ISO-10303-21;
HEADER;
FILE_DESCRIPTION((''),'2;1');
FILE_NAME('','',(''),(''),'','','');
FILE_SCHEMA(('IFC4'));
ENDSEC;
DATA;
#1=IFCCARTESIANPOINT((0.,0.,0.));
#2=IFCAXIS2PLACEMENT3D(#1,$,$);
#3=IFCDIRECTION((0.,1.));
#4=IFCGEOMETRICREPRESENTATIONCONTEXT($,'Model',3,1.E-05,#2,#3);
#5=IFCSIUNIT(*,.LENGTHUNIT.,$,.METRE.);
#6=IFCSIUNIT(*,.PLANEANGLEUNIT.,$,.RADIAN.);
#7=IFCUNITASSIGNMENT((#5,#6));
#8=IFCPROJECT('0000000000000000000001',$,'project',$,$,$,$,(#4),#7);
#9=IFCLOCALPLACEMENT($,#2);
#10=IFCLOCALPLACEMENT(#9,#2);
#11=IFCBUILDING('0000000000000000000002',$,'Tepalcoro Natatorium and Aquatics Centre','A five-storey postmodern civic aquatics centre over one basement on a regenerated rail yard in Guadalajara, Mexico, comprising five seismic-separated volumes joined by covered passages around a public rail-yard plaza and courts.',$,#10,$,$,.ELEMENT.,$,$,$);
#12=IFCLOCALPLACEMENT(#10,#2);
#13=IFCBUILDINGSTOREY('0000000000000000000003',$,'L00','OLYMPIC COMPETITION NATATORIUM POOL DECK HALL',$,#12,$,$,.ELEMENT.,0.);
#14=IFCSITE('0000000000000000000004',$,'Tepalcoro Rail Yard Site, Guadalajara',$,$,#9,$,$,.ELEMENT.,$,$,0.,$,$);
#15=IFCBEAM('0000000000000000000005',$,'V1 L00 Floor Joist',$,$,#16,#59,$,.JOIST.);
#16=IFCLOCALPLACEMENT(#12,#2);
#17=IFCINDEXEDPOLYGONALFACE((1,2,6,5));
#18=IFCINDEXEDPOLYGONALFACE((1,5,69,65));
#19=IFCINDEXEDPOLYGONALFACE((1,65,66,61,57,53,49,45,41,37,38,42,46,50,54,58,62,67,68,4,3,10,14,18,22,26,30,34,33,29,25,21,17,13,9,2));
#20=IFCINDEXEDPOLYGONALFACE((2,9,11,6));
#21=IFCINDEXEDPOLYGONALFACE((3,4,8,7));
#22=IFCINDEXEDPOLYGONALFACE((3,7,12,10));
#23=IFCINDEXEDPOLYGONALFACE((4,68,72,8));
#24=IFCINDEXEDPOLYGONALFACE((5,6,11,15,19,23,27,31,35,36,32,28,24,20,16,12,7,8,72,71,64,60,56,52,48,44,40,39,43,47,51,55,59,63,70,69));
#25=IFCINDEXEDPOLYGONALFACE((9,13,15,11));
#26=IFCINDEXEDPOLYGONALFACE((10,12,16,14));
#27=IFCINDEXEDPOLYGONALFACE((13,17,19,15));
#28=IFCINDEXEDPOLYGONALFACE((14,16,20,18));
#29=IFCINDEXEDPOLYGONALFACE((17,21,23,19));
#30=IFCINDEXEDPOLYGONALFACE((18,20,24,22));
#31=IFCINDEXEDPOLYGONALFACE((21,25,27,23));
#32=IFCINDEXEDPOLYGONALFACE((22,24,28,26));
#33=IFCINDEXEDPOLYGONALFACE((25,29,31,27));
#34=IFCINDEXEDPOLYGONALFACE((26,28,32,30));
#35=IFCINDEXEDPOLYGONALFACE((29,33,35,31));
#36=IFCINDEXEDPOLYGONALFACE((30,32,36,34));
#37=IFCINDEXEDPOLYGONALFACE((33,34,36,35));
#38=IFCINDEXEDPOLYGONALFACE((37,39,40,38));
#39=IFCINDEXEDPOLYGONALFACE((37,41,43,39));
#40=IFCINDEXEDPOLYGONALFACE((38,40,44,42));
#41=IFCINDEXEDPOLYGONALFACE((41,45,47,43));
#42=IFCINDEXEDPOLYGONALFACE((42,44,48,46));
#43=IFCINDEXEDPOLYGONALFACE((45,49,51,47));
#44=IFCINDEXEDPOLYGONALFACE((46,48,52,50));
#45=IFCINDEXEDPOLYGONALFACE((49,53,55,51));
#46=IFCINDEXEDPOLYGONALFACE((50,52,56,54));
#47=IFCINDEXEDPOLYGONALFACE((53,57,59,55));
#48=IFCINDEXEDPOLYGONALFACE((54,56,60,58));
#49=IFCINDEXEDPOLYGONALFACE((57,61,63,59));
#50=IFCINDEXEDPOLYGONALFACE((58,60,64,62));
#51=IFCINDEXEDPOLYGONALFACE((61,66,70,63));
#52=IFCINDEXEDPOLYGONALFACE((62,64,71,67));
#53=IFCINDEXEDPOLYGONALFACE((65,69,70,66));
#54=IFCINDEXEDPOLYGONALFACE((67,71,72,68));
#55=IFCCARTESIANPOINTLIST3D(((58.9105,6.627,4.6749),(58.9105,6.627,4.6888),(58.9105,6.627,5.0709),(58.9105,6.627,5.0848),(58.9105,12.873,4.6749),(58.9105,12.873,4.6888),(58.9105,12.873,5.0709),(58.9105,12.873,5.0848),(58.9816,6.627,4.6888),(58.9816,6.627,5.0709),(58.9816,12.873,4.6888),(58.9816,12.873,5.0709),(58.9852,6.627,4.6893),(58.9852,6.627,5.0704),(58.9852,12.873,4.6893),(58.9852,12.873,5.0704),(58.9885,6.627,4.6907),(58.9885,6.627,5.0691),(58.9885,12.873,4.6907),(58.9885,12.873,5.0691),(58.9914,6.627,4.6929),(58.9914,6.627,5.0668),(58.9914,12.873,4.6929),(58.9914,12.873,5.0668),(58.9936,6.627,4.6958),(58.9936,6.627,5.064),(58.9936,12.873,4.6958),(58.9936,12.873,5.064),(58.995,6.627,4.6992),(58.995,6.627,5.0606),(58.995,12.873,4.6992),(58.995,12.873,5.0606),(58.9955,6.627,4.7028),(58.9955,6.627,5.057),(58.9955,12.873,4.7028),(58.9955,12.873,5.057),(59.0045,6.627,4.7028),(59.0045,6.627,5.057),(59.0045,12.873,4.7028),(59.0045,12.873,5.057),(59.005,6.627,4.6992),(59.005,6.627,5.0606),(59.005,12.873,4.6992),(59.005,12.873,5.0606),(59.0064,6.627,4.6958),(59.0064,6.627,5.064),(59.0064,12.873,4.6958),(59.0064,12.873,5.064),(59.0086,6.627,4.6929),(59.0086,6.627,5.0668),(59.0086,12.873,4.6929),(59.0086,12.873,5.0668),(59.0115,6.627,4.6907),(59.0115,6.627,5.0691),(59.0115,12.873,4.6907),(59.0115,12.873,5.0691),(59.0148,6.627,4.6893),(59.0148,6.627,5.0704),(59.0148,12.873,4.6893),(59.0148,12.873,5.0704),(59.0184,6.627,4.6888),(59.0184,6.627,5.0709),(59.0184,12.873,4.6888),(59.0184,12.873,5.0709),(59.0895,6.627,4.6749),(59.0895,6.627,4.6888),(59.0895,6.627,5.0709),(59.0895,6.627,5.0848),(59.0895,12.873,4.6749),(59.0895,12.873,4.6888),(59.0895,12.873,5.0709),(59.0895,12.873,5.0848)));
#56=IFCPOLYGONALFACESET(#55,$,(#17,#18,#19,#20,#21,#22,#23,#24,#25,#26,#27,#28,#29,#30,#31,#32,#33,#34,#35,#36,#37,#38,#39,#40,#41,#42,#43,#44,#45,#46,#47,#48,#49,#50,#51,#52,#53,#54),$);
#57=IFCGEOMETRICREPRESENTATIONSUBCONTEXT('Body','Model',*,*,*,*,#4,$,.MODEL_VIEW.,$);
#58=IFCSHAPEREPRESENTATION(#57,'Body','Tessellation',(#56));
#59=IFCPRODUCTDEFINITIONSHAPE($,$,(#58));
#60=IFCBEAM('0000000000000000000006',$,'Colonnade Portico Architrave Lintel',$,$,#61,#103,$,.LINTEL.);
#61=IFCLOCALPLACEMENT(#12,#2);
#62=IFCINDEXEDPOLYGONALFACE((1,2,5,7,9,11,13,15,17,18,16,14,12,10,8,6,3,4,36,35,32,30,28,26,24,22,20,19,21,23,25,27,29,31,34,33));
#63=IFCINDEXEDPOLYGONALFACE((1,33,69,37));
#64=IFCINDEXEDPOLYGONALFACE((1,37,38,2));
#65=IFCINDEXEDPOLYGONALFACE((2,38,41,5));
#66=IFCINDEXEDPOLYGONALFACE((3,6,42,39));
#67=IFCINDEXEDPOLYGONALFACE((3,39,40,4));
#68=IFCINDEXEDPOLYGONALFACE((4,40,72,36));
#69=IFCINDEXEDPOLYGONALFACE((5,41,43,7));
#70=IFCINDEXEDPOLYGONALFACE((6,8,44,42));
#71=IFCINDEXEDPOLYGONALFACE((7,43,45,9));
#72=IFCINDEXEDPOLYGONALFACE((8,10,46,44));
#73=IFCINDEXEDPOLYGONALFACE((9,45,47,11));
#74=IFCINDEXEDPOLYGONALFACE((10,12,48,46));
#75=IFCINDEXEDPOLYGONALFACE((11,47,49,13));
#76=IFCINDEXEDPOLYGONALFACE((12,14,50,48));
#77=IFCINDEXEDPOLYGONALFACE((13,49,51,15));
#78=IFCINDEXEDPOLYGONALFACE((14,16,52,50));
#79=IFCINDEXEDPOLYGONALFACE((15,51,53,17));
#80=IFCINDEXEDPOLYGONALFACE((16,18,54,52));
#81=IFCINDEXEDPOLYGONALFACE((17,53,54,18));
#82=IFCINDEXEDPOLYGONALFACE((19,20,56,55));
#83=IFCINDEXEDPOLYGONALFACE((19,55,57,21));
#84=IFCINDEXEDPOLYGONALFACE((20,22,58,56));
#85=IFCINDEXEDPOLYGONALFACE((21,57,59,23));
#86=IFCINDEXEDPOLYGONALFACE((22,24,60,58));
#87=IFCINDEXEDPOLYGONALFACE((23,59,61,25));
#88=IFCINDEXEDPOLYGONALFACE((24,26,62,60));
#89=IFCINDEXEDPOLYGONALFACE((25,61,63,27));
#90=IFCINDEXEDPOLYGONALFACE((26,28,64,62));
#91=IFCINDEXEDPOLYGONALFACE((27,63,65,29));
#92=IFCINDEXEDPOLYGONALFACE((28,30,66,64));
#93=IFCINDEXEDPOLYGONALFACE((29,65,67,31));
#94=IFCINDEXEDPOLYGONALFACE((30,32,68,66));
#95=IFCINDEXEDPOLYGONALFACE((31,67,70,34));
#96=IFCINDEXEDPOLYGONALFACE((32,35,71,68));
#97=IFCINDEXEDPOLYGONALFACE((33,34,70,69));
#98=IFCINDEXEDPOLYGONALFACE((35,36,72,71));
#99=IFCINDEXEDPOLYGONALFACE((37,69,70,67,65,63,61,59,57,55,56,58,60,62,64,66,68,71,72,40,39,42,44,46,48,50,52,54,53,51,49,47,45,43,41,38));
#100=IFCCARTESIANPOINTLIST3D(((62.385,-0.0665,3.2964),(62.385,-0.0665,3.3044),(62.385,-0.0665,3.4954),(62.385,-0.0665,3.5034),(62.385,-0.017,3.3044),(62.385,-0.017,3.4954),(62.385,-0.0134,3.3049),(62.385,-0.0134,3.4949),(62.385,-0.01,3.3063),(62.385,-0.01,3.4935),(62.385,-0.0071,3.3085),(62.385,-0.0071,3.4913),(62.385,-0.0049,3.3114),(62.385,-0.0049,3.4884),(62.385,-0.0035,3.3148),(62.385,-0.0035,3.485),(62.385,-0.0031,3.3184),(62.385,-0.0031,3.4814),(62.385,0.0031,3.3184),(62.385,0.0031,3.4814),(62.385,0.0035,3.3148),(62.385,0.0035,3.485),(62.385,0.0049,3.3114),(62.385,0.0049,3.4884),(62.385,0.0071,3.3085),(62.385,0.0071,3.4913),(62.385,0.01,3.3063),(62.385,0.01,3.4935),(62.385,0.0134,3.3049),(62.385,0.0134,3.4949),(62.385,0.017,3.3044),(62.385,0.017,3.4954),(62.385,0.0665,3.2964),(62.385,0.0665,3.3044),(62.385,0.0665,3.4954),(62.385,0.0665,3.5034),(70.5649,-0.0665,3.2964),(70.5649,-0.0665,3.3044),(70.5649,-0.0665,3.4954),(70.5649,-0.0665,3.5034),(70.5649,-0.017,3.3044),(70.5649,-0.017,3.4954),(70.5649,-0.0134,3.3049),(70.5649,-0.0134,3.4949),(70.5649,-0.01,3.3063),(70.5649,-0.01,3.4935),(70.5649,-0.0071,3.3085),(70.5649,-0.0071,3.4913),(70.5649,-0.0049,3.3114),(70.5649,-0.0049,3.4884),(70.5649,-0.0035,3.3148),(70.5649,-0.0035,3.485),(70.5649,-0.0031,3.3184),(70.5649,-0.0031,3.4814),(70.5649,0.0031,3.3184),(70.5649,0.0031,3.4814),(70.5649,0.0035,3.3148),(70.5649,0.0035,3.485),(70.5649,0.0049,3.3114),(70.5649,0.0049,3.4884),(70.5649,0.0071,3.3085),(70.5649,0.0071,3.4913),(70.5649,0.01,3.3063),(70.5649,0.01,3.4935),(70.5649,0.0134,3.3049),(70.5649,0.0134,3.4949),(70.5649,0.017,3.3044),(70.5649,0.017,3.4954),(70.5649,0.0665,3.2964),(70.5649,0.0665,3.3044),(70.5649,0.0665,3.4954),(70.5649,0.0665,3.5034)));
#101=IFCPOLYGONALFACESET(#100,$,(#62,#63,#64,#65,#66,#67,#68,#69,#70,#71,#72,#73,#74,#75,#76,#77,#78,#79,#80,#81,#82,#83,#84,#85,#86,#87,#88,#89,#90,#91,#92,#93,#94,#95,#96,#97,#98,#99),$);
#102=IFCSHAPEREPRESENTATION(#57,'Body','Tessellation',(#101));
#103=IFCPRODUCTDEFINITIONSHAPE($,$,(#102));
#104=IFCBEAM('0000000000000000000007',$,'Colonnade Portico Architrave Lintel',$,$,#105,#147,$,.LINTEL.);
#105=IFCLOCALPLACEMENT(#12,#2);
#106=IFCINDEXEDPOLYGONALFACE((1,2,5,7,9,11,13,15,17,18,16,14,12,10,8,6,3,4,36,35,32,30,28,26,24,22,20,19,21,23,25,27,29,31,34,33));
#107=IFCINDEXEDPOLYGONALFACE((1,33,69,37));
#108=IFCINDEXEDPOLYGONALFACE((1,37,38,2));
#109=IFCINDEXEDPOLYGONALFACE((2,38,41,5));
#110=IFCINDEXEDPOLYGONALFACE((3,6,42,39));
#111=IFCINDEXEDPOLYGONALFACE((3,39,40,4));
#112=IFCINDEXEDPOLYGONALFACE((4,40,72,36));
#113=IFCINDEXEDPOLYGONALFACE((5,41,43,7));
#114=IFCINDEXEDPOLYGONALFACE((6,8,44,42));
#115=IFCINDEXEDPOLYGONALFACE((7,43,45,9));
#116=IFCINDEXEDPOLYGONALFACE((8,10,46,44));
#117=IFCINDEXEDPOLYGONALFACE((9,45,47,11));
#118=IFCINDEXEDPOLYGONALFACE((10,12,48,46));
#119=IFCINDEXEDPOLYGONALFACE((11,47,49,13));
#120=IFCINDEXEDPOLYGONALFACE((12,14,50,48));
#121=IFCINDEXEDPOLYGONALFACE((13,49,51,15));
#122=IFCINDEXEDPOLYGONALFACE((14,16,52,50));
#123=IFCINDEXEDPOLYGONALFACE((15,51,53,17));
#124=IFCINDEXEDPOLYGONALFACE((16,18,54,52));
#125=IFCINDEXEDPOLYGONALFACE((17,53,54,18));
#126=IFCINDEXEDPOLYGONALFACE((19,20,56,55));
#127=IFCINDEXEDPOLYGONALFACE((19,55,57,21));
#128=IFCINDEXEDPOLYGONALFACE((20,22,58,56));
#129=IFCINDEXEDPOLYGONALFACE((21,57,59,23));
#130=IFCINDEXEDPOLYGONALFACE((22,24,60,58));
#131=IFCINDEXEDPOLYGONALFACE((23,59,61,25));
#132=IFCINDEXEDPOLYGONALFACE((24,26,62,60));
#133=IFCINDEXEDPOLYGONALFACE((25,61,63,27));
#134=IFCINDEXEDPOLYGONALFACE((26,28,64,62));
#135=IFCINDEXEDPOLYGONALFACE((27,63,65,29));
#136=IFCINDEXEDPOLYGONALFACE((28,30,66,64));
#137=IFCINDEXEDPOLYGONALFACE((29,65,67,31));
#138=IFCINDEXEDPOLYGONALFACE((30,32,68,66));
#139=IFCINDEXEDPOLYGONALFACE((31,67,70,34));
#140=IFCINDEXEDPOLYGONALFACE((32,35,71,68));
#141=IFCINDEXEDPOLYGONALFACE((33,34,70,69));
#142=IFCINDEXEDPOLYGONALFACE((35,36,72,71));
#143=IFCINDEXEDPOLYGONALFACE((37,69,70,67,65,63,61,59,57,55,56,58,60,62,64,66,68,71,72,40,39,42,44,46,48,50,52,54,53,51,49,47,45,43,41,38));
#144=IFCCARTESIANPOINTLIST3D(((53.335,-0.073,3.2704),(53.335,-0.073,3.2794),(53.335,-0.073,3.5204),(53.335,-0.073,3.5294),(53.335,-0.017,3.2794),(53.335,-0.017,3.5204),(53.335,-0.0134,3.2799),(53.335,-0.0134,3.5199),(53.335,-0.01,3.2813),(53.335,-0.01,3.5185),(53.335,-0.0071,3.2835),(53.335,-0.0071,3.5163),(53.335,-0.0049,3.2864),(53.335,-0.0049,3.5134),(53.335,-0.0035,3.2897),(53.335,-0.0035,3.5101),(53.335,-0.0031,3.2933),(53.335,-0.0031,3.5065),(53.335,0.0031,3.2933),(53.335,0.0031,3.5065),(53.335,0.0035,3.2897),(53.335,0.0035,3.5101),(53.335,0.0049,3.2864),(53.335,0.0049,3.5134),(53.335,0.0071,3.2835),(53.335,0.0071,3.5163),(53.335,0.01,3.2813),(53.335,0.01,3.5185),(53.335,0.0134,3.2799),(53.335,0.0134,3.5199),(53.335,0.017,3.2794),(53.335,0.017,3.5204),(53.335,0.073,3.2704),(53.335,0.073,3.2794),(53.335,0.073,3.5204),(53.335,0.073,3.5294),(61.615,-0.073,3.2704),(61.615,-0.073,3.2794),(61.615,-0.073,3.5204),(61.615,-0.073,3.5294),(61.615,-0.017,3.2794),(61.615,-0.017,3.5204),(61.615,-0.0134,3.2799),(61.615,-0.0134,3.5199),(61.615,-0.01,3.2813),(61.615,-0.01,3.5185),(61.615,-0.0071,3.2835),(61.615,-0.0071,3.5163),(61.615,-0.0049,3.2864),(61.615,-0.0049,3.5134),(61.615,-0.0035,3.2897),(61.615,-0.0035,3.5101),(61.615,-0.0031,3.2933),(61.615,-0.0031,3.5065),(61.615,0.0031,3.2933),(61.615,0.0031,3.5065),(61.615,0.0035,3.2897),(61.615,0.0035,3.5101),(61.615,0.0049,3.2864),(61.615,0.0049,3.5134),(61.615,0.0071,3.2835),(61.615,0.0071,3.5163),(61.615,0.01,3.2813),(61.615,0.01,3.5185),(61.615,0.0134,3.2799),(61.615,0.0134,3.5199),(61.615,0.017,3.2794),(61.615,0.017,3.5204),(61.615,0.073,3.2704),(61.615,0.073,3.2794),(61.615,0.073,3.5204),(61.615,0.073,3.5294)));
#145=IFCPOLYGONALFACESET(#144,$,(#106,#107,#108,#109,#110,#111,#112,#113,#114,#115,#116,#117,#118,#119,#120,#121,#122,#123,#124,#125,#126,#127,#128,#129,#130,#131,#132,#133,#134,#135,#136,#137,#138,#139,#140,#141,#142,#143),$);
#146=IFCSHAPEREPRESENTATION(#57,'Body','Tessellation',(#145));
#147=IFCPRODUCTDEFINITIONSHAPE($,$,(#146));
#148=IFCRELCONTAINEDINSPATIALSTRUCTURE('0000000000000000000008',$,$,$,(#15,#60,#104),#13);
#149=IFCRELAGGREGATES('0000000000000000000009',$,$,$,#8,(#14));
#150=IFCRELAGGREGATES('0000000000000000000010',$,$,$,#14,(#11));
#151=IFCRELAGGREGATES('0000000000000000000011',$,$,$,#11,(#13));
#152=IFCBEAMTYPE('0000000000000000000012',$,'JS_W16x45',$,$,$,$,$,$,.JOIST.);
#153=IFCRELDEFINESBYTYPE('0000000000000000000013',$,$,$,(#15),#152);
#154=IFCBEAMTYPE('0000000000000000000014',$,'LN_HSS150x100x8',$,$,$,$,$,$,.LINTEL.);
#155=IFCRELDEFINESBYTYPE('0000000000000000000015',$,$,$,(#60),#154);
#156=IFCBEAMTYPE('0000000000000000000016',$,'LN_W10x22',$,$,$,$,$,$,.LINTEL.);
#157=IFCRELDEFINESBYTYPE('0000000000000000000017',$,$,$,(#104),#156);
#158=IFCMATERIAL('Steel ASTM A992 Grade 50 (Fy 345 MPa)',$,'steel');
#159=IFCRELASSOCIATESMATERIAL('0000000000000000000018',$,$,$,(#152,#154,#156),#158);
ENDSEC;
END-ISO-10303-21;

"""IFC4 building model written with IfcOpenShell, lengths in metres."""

from ifc_helpers import new_model, si_unit, direction, frame, origin, origin_2d, place, context, subcontext, project, spatial, i_section, extrude, material, material_profile, profile_set, type_object, element, save


model = new_model("IFC4")

# Units and contexts
model_context = context("Model", 3, precision=1e-05, world=origin(), true_north=direction((0.0, 1.0)))
body_context = subcontext(model_context, "Body", "Model", "MODEL_VIEW")
ifc_project = project(units=[si_unit("LENGTHUNIT", "METRE"), si_unit("PLANEANGLEUNIT", "RADIAN")], contexts=[model_context])

# Site, building, storey
site_placement = place(None, origin())
site = spatial("IfcSite", under=ifc_project, at=site_placement, Name="Tepalcoro Rail Yard Site, Guadalajara", CompositionType="ELEMENT", RefElevation=0.0)
building_placement = place(site_placement, origin())
building = spatial("IfcBuilding", under=site, at=building_placement, Name="Tepalcoro Natatorium and Aquatics Centre", Description="A five-storey postmodern civic aquatics centre over one basement on a regenerated rail yard in Guadalajara, Mexico, comprising five seismic-separated volumes joined by covered passages around a public rail-yard plaza and courts.", CompositionType="ELEMENT")
storey_placement = place(building_placement, origin())
storey = spatial("IfcBuildingStorey", under=building, at=storey_placement, Name="L00", Description="OLYMPIC COMPETITION NATATORIUM POOL DECK HALL", CompositionType="ELEMENT", Elevation=0.0)

# Shared definitions
ifc_material_1 = material(Name="Steel ASTM A992 Grade 50 (Fy 345 MPa)", Category="steel")

# Beams
ifc_material_profile_1 = material_profile(ifc_material_1, i_section(OverallWidth=0.179, OverallDepth=0.4099, WebThickness=0.009, FlangeThickness=0.0139, FilletRadius=0.0139, at=origin_2d()), Name="W16X45")
ifc_profile_set_1 = profile_set([ifc_material_profile_1], Name="Steel ASTM A992 Grade 50 (Fy 345 MPa)")
beam_type_1 = type_object("IfcBeamType", Name="JS_W16x45", PredefinedType="JOIST", material=ifc_profile_set_1)
beam_1_placement = place(storey_placement, frame((59.0, 6.627, 4.8799), z_axis=(0.0, 1.0, 0.0), x_axis=(-1.0, 0.0, 0.0)))
element("IfcBeam", 1, at=beam_1_placement, inside=storey, type_object=beam_type_1, Name="V1 L00 Floor Joist", PredefinedType="JOIST", context=body_context, shape_type="SweptSolid", body=[
    extrude(i_section(OverallWidth=0.179, OverallDepth=0.4099, WebThickness=0.009, FlangeThickness=0.0139, FilletRadius=0.0139, at=origin_2d()), origin(), (0.0, 0.0, 1.0), 6.2461),
])
ifc_material_profile_2 = material_profile(ifc_material_1, i_section(OverallWidth=0.1331, OverallDepth=0.207, WebThickness=0.0061, FlangeThickness=0.0081, FilletRadius=0.0139, at=origin_2d()), Name="W8X18")
ifc_profile_set_2 = profile_set([ifc_material_profile_2], Name="Steel ASTM A992 Grade 50 (Fy 345 MPa)")
beam_type_2 = type_object("IfcBeamType", Name="LN_HSS150x100x8", PredefinedType="LINTEL", material=ifc_profile_set_2)
beam_2_placement = place(storey_placement, frame((62.385, 0.0, 3.3999), z_axis=(1.0, 0.0, 0.0), x_axis=(0.0, 1.0, 0.0)))
element("IfcBeam", 2, at=beam_2_placement, inside=storey, type_object=beam_type_2, Name="Colonnade Portico Architrave Lintel", PredefinedType="LINTEL", context=body_context, shape_type="SweptSolid", body=[
    extrude(i_section(OverallWidth=0.1331, OverallDepth=0.207, WebThickness=0.0061, FlangeThickness=0.0081, FilletRadius=0.0139, at=origin_2d()), origin(), (0.0, 0.0, 1.0), 8.1799),
])
ifc_material_profile_3 = material_profile(ifc_material_1, i_section(OverallWidth=0.146, OverallDepth=0.259, WebThickness=0.0061, FlangeThickness=0.009, FilletRadius=0.0139, at=origin_2d()), Name="W10X22")
ifc_profile_set_3 = profile_set([ifc_material_profile_3], Name="Steel ASTM A992 Grade 50 (Fy 345 MPa)")
beam_type_3 = type_object("IfcBeamType", Name="LN_W10x22", PredefinedType="LINTEL", material=ifc_profile_set_3)
beam_3_placement = place(storey_placement, frame((53.335, 0.0, 3.3999), z_axis=(1.0, 0.0, 0.0), x_axis=(0.0, 1.0, 0.0)))
element("IfcBeam", 3, at=beam_3_placement, inside=storey, type_object=beam_type_3, Name="Colonnade Portico Architrave Lintel", PredefinedType="LINTEL", context=body_context, shape_type="SweptSolid", body=[
    extrude(i_section(OverallWidth=0.146, OverallDepth=0.259, WebThickness=0.0061, FlangeThickness=0.009, FilletRadius=0.0139, at=origin_2d()), origin(), (0.0, 0.0, 1.0), 8.28),
])

save(model, "model.ifc")
